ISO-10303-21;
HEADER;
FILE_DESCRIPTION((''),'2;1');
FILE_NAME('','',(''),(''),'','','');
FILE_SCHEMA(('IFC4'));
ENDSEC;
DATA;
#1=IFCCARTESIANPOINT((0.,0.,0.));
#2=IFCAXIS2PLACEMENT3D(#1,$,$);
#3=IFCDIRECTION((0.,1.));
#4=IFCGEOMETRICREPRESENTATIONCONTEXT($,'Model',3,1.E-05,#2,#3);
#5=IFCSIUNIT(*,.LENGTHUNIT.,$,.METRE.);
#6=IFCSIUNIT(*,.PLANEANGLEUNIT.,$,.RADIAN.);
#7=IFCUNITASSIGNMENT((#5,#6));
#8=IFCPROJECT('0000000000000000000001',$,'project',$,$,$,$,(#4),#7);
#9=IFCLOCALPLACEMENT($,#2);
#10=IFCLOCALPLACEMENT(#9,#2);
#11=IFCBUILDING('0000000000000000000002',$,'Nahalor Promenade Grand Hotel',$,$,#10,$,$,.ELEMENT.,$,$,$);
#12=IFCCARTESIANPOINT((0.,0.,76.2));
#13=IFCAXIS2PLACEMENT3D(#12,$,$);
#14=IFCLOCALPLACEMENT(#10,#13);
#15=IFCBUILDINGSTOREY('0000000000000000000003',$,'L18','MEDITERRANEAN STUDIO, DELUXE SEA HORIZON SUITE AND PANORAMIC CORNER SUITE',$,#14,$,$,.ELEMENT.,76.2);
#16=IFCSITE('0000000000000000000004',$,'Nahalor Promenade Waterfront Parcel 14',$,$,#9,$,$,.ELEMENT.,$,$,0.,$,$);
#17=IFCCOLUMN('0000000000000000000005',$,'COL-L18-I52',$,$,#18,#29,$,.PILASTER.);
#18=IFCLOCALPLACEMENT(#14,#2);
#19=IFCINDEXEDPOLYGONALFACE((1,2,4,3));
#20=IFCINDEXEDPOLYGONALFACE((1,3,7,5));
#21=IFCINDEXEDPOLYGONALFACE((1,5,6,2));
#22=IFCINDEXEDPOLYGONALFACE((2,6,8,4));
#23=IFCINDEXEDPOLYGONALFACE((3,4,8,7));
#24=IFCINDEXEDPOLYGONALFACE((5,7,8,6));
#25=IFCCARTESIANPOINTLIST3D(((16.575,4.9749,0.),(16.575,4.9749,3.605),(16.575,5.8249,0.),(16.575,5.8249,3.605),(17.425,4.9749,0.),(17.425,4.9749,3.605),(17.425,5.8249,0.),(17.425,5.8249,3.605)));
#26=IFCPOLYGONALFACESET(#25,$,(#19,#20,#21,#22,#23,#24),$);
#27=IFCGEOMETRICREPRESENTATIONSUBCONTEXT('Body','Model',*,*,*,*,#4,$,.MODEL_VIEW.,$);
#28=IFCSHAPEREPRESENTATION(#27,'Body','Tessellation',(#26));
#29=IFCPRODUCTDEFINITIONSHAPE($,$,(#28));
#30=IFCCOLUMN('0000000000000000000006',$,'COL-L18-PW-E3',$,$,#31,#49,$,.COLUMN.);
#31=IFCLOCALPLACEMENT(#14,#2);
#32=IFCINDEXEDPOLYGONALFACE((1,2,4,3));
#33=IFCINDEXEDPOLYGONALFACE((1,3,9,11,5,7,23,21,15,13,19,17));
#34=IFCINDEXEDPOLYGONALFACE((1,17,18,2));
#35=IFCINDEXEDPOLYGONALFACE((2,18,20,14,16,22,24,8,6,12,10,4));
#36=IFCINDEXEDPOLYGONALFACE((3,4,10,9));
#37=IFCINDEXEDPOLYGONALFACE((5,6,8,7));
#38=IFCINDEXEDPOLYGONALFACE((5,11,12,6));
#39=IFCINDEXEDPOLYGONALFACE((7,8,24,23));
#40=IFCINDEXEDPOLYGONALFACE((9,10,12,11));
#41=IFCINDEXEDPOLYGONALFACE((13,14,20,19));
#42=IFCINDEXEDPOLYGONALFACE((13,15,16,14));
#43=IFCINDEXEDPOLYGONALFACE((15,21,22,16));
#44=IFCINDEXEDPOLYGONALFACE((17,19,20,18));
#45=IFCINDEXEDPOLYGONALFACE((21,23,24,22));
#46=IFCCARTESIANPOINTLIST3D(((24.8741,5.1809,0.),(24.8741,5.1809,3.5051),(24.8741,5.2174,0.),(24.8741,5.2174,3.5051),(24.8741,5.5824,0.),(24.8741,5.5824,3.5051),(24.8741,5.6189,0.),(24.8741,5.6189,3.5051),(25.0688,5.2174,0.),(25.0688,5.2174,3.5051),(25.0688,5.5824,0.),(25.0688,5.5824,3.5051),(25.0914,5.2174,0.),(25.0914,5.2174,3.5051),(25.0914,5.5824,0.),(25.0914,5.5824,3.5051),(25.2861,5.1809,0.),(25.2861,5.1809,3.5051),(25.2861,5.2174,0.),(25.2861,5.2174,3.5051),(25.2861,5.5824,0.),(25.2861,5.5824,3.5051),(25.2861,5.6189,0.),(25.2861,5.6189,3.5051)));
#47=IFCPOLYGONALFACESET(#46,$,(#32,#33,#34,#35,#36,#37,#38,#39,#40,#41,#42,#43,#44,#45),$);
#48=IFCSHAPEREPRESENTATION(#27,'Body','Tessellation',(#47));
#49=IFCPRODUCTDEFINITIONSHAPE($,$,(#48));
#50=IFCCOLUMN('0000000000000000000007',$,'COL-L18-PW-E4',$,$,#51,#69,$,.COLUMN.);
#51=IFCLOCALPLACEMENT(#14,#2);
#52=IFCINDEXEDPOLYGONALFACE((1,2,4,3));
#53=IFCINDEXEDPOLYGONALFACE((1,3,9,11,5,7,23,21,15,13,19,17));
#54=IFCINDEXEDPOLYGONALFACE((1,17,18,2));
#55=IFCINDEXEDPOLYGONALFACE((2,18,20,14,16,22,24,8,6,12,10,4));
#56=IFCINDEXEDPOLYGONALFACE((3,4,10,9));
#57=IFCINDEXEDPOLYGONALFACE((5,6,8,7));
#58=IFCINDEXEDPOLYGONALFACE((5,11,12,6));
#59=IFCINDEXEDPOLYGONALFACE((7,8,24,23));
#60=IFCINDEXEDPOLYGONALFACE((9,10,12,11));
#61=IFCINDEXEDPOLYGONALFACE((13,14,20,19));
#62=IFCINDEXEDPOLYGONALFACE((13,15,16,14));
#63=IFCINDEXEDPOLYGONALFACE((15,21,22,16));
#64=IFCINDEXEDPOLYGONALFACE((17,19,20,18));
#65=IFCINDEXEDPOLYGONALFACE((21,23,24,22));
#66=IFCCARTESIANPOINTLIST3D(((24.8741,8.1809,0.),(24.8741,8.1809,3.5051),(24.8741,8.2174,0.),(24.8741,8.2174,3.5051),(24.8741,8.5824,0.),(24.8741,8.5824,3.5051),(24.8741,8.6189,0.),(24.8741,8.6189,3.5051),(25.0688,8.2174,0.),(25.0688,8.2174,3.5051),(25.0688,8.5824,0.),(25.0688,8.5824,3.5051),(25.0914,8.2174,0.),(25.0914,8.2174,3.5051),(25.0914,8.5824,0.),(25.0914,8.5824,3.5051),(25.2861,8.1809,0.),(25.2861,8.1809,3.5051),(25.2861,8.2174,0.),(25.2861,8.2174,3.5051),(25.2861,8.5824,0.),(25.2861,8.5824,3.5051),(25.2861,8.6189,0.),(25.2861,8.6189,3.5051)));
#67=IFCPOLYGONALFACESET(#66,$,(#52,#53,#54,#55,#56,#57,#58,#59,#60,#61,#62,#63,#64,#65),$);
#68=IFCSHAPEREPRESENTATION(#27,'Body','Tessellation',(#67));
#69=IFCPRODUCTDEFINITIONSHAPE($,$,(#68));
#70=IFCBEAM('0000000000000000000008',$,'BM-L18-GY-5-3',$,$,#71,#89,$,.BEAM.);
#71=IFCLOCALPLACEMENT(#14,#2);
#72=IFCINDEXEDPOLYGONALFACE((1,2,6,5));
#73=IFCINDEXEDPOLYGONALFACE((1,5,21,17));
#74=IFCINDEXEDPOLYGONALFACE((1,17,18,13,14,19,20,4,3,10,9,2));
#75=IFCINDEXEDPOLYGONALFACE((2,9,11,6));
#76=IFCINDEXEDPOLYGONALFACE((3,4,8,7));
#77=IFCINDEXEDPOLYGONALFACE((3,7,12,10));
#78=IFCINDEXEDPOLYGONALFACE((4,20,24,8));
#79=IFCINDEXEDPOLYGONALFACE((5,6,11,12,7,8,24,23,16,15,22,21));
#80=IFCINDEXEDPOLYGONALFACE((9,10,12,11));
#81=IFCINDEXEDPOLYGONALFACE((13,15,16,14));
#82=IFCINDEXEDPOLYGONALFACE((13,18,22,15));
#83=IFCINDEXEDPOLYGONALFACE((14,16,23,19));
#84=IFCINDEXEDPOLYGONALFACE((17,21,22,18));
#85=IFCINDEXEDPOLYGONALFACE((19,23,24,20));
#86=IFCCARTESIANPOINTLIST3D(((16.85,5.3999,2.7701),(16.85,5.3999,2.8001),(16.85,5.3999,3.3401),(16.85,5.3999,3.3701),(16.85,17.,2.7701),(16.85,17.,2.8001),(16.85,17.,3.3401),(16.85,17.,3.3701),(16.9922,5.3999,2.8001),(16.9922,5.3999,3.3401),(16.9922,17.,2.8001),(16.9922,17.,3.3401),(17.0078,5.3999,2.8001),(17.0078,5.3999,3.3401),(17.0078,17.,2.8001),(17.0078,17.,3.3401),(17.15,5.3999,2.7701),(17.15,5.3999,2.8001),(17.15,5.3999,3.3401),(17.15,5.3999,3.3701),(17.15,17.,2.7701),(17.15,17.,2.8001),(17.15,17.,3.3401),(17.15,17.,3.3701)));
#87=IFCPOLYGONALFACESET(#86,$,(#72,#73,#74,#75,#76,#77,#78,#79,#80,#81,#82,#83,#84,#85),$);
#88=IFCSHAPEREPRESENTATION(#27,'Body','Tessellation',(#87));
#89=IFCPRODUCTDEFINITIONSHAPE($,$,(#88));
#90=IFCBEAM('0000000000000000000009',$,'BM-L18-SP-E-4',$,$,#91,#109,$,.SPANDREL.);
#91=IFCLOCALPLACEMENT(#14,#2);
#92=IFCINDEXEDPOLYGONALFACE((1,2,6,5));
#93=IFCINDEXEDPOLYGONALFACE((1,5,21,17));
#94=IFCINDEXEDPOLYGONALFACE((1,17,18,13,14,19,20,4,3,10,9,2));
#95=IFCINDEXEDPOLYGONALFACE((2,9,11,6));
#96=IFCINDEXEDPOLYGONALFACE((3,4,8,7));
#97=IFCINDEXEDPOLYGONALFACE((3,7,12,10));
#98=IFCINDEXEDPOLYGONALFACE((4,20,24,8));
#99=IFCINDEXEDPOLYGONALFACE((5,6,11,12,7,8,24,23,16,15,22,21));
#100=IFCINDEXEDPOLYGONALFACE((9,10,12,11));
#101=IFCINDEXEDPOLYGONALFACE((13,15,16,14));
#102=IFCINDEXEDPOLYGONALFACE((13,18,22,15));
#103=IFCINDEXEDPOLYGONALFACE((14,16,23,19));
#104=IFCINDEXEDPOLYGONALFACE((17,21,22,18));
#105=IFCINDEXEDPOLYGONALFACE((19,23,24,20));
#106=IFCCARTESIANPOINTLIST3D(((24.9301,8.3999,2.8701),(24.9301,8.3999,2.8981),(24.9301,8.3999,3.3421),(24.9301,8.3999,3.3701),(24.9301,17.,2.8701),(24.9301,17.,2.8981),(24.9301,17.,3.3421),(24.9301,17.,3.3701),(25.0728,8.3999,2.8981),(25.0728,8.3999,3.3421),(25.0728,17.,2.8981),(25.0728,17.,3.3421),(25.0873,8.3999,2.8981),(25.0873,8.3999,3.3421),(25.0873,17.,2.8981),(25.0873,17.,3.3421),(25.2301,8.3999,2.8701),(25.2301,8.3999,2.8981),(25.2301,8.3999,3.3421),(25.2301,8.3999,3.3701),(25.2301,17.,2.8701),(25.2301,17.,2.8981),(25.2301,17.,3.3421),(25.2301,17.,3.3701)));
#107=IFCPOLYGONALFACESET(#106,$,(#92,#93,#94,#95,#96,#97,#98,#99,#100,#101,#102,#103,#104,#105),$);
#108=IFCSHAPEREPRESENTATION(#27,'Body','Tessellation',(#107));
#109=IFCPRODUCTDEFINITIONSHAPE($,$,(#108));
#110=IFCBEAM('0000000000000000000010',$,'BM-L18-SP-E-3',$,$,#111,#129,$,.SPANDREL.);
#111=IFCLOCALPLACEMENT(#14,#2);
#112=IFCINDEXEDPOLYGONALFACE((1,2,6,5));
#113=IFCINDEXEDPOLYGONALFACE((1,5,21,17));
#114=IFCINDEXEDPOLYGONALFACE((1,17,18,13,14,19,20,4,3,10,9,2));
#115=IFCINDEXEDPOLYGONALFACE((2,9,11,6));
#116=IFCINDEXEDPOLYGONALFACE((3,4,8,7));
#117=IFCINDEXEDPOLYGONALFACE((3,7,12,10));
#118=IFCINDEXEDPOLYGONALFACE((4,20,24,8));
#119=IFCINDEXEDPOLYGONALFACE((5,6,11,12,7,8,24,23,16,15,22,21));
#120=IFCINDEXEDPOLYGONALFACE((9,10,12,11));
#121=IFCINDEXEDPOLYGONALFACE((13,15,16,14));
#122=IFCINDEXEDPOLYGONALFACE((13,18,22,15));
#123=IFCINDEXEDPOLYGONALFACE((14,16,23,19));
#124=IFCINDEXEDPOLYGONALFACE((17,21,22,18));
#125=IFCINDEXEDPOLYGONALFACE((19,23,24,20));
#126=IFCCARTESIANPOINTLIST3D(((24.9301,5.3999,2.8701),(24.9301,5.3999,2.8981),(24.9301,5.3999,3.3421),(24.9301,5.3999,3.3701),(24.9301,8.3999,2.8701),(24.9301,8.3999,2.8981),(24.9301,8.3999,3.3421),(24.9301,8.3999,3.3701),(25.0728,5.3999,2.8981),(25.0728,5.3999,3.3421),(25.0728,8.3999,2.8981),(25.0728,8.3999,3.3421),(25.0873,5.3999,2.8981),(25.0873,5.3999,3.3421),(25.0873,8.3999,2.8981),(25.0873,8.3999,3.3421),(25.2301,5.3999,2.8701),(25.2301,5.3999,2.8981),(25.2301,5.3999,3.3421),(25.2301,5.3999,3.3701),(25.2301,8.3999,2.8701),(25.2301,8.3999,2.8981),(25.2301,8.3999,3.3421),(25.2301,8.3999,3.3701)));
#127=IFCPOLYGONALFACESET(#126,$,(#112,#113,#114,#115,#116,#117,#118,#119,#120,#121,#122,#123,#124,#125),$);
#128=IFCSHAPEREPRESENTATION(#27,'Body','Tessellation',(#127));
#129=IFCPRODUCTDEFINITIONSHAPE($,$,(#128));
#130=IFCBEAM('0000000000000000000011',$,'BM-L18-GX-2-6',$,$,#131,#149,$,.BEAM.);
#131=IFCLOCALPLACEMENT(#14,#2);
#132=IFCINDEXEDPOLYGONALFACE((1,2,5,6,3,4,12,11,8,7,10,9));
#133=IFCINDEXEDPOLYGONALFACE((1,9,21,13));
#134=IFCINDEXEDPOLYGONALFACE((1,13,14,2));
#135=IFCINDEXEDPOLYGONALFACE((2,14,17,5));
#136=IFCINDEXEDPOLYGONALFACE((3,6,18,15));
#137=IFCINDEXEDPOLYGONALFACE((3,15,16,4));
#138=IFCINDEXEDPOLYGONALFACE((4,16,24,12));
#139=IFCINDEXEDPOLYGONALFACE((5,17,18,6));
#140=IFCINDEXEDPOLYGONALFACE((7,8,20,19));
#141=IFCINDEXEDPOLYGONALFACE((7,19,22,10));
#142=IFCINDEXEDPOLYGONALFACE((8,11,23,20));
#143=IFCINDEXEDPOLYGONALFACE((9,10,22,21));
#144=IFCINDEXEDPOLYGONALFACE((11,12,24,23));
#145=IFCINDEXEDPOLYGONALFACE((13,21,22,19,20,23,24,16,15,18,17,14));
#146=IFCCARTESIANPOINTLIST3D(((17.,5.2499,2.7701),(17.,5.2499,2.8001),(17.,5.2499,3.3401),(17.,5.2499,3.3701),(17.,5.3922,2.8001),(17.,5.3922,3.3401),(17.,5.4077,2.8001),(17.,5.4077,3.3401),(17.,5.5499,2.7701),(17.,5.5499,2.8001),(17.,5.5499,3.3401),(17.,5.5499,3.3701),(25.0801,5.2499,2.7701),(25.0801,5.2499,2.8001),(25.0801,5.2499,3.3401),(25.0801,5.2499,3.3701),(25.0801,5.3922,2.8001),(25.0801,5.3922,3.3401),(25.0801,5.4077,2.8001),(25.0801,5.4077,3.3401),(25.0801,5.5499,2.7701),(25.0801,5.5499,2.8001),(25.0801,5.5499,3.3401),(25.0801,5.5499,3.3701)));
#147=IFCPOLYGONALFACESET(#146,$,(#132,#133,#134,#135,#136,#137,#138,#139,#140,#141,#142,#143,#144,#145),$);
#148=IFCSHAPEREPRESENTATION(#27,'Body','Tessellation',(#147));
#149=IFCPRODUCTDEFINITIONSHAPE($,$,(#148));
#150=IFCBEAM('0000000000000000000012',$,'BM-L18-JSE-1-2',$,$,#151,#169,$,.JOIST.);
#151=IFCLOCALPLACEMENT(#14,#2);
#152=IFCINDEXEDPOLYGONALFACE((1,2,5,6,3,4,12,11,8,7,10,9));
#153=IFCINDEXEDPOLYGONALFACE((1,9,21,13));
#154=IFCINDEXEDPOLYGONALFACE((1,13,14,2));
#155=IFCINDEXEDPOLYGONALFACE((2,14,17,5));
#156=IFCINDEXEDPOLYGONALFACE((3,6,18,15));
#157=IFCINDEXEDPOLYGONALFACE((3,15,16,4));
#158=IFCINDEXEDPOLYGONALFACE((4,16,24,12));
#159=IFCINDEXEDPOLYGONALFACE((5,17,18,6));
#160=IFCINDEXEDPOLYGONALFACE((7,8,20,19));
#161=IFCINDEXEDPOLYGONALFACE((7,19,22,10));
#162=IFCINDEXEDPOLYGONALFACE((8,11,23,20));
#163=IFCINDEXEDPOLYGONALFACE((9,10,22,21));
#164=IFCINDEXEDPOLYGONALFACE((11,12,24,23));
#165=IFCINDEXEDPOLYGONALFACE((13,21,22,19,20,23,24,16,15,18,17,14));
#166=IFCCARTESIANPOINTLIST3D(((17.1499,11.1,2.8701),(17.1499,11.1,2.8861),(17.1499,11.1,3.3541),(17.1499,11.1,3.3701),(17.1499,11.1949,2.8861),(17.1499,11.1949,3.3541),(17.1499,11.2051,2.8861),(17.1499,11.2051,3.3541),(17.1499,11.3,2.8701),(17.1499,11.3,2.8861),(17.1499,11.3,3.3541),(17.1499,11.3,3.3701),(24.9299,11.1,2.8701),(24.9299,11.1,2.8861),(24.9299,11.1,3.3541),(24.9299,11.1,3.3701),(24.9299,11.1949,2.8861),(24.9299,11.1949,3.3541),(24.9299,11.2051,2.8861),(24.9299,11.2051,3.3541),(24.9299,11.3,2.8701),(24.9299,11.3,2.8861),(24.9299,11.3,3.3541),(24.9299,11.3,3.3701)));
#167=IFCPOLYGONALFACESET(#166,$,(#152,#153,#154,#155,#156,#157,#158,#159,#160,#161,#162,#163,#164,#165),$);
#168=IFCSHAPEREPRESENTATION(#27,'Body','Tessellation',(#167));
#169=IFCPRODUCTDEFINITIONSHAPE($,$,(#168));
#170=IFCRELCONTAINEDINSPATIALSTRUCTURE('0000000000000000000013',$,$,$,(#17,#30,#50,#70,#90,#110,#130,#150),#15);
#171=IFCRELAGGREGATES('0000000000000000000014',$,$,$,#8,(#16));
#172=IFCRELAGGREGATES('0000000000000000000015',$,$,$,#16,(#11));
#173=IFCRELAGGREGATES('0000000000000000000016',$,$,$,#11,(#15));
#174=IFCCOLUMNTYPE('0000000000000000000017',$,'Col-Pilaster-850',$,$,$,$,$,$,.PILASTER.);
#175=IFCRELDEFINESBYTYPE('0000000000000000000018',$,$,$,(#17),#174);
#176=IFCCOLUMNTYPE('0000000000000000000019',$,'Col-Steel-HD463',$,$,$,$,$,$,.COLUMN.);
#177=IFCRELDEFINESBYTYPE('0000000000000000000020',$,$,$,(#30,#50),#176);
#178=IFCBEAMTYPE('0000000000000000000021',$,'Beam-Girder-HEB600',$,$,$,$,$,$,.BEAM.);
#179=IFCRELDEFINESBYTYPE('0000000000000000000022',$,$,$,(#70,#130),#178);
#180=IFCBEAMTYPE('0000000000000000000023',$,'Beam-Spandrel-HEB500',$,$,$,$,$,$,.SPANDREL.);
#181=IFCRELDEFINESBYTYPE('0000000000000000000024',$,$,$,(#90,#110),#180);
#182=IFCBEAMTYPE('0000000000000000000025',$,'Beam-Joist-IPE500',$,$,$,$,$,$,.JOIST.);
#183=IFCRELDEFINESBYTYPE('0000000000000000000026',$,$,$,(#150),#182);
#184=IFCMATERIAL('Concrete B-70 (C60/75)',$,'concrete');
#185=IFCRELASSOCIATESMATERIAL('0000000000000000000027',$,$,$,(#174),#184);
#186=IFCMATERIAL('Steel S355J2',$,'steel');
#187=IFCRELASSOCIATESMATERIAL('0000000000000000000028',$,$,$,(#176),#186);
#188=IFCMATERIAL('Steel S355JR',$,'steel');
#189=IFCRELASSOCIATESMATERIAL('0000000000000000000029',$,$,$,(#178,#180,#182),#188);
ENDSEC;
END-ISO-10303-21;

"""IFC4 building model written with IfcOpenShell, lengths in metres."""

from ifc_helpers import new_model, si_unit, direction, frame, origin, origin_2d, place, context, subcontext, project, spatial, rectangle, i_section, extrude, source, transform, mapped, material, material_profile, profile_set, type_object, element, save


model = new_model("IFC4")

# Units and contexts
model_context = context("Model", 3, precision=1e-05, world=origin(), true_north=direction((0.0, 1.0)))
body_context = subcontext(model_context, "Body", "Model", "MODEL_VIEW")
ifc_project = project(units=[si_unit("LENGTHUNIT", "METRE"), si_unit("PLANEANGLEUNIT", "RADIAN")], contexts=[model_context])

# Site, building, storey
site_placement = place(None, origin())
site = spatial("IfcSite", under=ifc_project, at=site_placement, Name="Nahalor Promenade Waterfront Parcel 14", CompositionType="ELEMENT", RefElevation=0.0)
building_placement = place(site_placement, origin())
building = spatial("IfcBuilding", under=site, at=building_placement, Name="Nahalor Promenade Grand Hotel", CompositionType="ELEMENT")
storey_placement = place(building_placement, frame((0.0, 0.0, 76.2)))
storey = spatial("IfcBuildingStorey", under=building, at=storey_placement, Name="L18", Description="MEDITERRANEAN STUDIO, DELUXE SEA HORIZON SUITE AND PANORAMIC CORNER SUITE", CompositionType="ELEMENT", Elevation=76.2)

# Columns
ifc_material_1 = material(Name="Concrete B-70 (C60/75)", Category="concrete")
ifc_material_profile_1 = material_profile(ifc_material_1, rectangle(XDim=0.85, YDim=0.85, at=origin_2d()), Name="RC 850x850")
ifc_profile_set_1 = profile_set([ifc_material_profile_1], Name="Concrete B-70 (C60/75)")
column_type_1 = type_object("IfcColumnType", Name="Col-Pilaster-850", PredefinedType="PILASTER", material=ifc_profile_set_1)
shared_shape_1 = source(origin(), body_context, "Body", "SweptSolid", [
    extrude(rectangle(XDim=0.85, YDim=0.85, at=origin_2d()), origin(), (0.0, 0.0, 1.0), 3.605),
])
column_placement = place(storey_placement, frame((17.0, 5.3999, 0.0), z_axis=(0.0, 0.0, 1.0), x_axis=(1.0, 0.0, 0.0)))
element("IfcColumn", 1, at=column_placement, inside=storey, type_object=column_type_1, Name="COL-L18-I52", PredefinedType="PILASTER", context=body_context, shape_type="MappedRepresentation", body=[
    mapped(shared_shape_1, transform((0.0, 0.0, 0.0), scale=1.0)),
])
ifc_material_2 = material(Name="Steel S355J2", Category="steel")
ifc_material_profile_2 = material_profile(ifc_material_2, i_section(OverallWidth=0.412, OverallDepth=0.438, WebThickness=0.0226, FlangeThickness=0.0365, at=origin_2d()), Name="HD 400x463")
ifc_profile_set_2 = profile_set([ifc_material_profile_2], Name="Steel S355J2")
column_type_2 = type_object("IfcColumnType", Name="Col-Steel-HD463", PredefinedType="COLUMN", material=ifc_profile_set_2)
shared_shape_2 = source(origin(), body_context, "Body", "SweptSolid", [
    extrude(i_section(OverallWidth=0.412, OverallDepth=0.438, WebThickness=0.0226, FlangeThickness=0.0365, at=origin_2d()), origin(), (0.0, 0.0, 1.0), 3.5051),
])
for number, where, z_axis, x_axis, name in (
    (2, (25.0801, 5.3999, 0.0), (0.0, 0.0, 1.0), (1.0, 0.0, 0.0), "COL-L18-PW-E3"),
    (3, (25.0801, 8.3999, 0.0), (0.0, 0.0, 1.0), (1.0, 0.0, 0.0), "COL-L18-PW-E4"),
):
    element("IfcColumn", number, at=place(storey_placement, frame(where, z_axis=z_axis, x_axis=x_axis)), inside=storey, type_object=column_type_2, Name=name, PredefinedType="COLUMN", context=body_context, shape_type="MappedRepresentation", body=[
        mapped(shared_shape_2, transform((0.0, 0.0, 0.0), scale=1.0)),
    ])

# Beams
ifc_material_3 = material(Name="Steel S355JR", Category="steel")
ifc_material_profile_3 = material_profile(ifc_material_3, i_section(OverallWidth=0.3, OverallDepth=0.6, WebThickness=0.0155, FlangeThickness=0.03, at=origin_2d()), Name="HEB 600")
ifc_profile_set_3 = profile_set([ifc_material_profile_3], Name="Steel S355JR")
beam_type_1 = type_object("IfcBeamType", Name="Beam-Girder-HEB600", PredefinedType="BEAM", material=ifc_profile_set_3)
shared_shape_3 = source(origin(), body_context, "Body", "SweptSolid", [
    extrude(i_section(OverallWidth=0.3, OverallDepth=0.6, WebThickness=0.0155, FlangeThickness=0.03, at=origin_2d()), origin(), (0.0, 0.0, 1.0), 11.6001),
])
beam_1_placement = place(storey_placement, frame((17.0, 5.3999, 3.0701), z_axis=(0.0, 1.0, 0.0), x_axis=(-1.0, 0.0, 0.0)))
element("IfcBeam", 4, at=beam_1_placement, inside=storey, type_object=beam_type_1, Name="BM-L18-GY-5-3", PredefinedType="BEAM", context=body_context, shape_type="MappedRepresentation", body=[
    mapped(shared_shape_3, transform((0.0, 0.0, 0.0), scale=1.0)),
])
ifc_material_profile_4 = material_profile(ifc_material_3, i_section(OverallWidth=0.3, OverallDepth=0.5, WebThickness=0.0145, FlangeThickness=0.028, at=origin_2d()), Name="HEB 500")
ifc_profile_set_4 = profile_set([ifc_material_profile_4], Name="Steel S355JR")
beam_type_2 = type_object("IfcBeamType", Name="Beam-Spandrel-HEB500", PredefinedType="SPANDREL", material=ifc_profile_set_4)
shared_shape_4 = source(origin(), body_context, "Body", "SweptSolid", [
    extrude(i_section(OverallWidth=0.3, OverallDepth=0.5, WebThickness=0.0145, FlangeThickness=0.028, at=origin_2d()), origin(), (0.0, 0.0, 1.0), 8.6001),
])
beam_2_placement = place(storey_placement, frame((25.0801, 8.3999, 3.1201), z_axis=(0.0, 1.0, 0.0), x_axis=(-1.0, 0.0, 0.0)))
element("IfcBeam", 5, at=beam_2_placement, inside=storey, type_object=beam_type_2, Name="BM-L18-SP-E-4", PredefinedType="SPANDREL", context=body_context, shape_type="MappedRepresentation", body=[
    mapped(shared_shape_4, transform((0.0, 0.0, 0.0), scale=1.0)),
])
shared_shape_5 = source(origin(), body_context, "Body", "SweptSolid", [
    extrude(i_section(OverallWidth=0.3, OverallDepth=0.5, WebThickness=0.0145, FlangeThickness=0.028, at=origin_2d()), origin(), (0.0, 0.0, 1.0), 3.0),
])
beam_3_placement = place(storey_placement, frame((25.0801, 5.3999, 3.1201), z_axis=(0.0, 1.0, 0.0), x_axis=(-1.0, 0.0, 0.0)))
element("IfcBeam", 6, at=beam_3_placement, inside=storey, type_object=beam_type_2, Name="BM-L18-SP-E-3", PredefinedType="SPANDREL", context=body_context, shape_type="MappedRepresentation", body=[
    mapped(shared_shape_5, transform((0.0, 0.0, 0.0), scale=1.0)),
])
shared_shape_6 = source(origin(), body_context, "Body", "SweptSolid", [
    extrude(i_section(OverallWidth=0.3, OverallDepth=0.6, WebThickness=0.0155, FlangeThickness=0.03, at=origin_2d()), origin(), (0.0, 0.0, 1.0), 8.0801),
])
beam_4_placement = place(storey_placement, frame((17.0, 5.3999, 3.0701), z_axis=(1.0, 0.0, 0.0), x_axis=(0.0, 1.0, 0.0)))
element("IfcBeam", 7, at=beam_4_placement, inside=storey, type_object=beam_type_1, Name="BM-L18-GX-2-6", PredefinedType="BEAM", context=body_context, shape_type="MappedRepresentation", body=[
    mapped(shared_shape_6, transform((0.0, 0.0, 0.0), scale=1.0)),
])
ifc_material_profile_5 = material_profile(ifc_material_3, i_section(OverallWidth=0.2, OverallDepth=0.5, WebThickness=0.0102, FlangeThickness=0.016, at=origin_2d()), Name="IPE 500")
ifc_profile_set_5 = profile_set([ifc_material_profile_5], Name="Steel S355JR")
beam_type_3 = type_object("IfcBeamType", Name="Beam-Joist-IPE500", PredefinedType="JOIST", material=ifc_profile_set_5)
shared_shape_7 = source(origin(), body_context, "Body", "SweptSolid", [
    extrude(i_section(OverallWidth=0.2, OverallDepth=0.5, WebThickness=0.0102, FlangeThickness=0.016, at=origin_2d()), origin(), (0.0, 0.0, 1.0), 7.78),
])
beam_5_placement = place(storey_placement, frame((17.1499, 11.2, 3.1201), z_axis=(1.0, 0.0, 0.0), x_axis=(0.0, 1.0, 0.0)))
element("IfcBeam", 8, at=beam_5_placement, inside=storey, type_object=beam_type_3, Name="BM-L18-JSE-1-2", PredefinedType="JOIST", context=body_context, shape_type="MappedRepresentation", body=[
    mapped(shared_shape_7, transform((0.0, 0.0, 0.0), scale=1.0)),
])

save(model, "model.ifc")
